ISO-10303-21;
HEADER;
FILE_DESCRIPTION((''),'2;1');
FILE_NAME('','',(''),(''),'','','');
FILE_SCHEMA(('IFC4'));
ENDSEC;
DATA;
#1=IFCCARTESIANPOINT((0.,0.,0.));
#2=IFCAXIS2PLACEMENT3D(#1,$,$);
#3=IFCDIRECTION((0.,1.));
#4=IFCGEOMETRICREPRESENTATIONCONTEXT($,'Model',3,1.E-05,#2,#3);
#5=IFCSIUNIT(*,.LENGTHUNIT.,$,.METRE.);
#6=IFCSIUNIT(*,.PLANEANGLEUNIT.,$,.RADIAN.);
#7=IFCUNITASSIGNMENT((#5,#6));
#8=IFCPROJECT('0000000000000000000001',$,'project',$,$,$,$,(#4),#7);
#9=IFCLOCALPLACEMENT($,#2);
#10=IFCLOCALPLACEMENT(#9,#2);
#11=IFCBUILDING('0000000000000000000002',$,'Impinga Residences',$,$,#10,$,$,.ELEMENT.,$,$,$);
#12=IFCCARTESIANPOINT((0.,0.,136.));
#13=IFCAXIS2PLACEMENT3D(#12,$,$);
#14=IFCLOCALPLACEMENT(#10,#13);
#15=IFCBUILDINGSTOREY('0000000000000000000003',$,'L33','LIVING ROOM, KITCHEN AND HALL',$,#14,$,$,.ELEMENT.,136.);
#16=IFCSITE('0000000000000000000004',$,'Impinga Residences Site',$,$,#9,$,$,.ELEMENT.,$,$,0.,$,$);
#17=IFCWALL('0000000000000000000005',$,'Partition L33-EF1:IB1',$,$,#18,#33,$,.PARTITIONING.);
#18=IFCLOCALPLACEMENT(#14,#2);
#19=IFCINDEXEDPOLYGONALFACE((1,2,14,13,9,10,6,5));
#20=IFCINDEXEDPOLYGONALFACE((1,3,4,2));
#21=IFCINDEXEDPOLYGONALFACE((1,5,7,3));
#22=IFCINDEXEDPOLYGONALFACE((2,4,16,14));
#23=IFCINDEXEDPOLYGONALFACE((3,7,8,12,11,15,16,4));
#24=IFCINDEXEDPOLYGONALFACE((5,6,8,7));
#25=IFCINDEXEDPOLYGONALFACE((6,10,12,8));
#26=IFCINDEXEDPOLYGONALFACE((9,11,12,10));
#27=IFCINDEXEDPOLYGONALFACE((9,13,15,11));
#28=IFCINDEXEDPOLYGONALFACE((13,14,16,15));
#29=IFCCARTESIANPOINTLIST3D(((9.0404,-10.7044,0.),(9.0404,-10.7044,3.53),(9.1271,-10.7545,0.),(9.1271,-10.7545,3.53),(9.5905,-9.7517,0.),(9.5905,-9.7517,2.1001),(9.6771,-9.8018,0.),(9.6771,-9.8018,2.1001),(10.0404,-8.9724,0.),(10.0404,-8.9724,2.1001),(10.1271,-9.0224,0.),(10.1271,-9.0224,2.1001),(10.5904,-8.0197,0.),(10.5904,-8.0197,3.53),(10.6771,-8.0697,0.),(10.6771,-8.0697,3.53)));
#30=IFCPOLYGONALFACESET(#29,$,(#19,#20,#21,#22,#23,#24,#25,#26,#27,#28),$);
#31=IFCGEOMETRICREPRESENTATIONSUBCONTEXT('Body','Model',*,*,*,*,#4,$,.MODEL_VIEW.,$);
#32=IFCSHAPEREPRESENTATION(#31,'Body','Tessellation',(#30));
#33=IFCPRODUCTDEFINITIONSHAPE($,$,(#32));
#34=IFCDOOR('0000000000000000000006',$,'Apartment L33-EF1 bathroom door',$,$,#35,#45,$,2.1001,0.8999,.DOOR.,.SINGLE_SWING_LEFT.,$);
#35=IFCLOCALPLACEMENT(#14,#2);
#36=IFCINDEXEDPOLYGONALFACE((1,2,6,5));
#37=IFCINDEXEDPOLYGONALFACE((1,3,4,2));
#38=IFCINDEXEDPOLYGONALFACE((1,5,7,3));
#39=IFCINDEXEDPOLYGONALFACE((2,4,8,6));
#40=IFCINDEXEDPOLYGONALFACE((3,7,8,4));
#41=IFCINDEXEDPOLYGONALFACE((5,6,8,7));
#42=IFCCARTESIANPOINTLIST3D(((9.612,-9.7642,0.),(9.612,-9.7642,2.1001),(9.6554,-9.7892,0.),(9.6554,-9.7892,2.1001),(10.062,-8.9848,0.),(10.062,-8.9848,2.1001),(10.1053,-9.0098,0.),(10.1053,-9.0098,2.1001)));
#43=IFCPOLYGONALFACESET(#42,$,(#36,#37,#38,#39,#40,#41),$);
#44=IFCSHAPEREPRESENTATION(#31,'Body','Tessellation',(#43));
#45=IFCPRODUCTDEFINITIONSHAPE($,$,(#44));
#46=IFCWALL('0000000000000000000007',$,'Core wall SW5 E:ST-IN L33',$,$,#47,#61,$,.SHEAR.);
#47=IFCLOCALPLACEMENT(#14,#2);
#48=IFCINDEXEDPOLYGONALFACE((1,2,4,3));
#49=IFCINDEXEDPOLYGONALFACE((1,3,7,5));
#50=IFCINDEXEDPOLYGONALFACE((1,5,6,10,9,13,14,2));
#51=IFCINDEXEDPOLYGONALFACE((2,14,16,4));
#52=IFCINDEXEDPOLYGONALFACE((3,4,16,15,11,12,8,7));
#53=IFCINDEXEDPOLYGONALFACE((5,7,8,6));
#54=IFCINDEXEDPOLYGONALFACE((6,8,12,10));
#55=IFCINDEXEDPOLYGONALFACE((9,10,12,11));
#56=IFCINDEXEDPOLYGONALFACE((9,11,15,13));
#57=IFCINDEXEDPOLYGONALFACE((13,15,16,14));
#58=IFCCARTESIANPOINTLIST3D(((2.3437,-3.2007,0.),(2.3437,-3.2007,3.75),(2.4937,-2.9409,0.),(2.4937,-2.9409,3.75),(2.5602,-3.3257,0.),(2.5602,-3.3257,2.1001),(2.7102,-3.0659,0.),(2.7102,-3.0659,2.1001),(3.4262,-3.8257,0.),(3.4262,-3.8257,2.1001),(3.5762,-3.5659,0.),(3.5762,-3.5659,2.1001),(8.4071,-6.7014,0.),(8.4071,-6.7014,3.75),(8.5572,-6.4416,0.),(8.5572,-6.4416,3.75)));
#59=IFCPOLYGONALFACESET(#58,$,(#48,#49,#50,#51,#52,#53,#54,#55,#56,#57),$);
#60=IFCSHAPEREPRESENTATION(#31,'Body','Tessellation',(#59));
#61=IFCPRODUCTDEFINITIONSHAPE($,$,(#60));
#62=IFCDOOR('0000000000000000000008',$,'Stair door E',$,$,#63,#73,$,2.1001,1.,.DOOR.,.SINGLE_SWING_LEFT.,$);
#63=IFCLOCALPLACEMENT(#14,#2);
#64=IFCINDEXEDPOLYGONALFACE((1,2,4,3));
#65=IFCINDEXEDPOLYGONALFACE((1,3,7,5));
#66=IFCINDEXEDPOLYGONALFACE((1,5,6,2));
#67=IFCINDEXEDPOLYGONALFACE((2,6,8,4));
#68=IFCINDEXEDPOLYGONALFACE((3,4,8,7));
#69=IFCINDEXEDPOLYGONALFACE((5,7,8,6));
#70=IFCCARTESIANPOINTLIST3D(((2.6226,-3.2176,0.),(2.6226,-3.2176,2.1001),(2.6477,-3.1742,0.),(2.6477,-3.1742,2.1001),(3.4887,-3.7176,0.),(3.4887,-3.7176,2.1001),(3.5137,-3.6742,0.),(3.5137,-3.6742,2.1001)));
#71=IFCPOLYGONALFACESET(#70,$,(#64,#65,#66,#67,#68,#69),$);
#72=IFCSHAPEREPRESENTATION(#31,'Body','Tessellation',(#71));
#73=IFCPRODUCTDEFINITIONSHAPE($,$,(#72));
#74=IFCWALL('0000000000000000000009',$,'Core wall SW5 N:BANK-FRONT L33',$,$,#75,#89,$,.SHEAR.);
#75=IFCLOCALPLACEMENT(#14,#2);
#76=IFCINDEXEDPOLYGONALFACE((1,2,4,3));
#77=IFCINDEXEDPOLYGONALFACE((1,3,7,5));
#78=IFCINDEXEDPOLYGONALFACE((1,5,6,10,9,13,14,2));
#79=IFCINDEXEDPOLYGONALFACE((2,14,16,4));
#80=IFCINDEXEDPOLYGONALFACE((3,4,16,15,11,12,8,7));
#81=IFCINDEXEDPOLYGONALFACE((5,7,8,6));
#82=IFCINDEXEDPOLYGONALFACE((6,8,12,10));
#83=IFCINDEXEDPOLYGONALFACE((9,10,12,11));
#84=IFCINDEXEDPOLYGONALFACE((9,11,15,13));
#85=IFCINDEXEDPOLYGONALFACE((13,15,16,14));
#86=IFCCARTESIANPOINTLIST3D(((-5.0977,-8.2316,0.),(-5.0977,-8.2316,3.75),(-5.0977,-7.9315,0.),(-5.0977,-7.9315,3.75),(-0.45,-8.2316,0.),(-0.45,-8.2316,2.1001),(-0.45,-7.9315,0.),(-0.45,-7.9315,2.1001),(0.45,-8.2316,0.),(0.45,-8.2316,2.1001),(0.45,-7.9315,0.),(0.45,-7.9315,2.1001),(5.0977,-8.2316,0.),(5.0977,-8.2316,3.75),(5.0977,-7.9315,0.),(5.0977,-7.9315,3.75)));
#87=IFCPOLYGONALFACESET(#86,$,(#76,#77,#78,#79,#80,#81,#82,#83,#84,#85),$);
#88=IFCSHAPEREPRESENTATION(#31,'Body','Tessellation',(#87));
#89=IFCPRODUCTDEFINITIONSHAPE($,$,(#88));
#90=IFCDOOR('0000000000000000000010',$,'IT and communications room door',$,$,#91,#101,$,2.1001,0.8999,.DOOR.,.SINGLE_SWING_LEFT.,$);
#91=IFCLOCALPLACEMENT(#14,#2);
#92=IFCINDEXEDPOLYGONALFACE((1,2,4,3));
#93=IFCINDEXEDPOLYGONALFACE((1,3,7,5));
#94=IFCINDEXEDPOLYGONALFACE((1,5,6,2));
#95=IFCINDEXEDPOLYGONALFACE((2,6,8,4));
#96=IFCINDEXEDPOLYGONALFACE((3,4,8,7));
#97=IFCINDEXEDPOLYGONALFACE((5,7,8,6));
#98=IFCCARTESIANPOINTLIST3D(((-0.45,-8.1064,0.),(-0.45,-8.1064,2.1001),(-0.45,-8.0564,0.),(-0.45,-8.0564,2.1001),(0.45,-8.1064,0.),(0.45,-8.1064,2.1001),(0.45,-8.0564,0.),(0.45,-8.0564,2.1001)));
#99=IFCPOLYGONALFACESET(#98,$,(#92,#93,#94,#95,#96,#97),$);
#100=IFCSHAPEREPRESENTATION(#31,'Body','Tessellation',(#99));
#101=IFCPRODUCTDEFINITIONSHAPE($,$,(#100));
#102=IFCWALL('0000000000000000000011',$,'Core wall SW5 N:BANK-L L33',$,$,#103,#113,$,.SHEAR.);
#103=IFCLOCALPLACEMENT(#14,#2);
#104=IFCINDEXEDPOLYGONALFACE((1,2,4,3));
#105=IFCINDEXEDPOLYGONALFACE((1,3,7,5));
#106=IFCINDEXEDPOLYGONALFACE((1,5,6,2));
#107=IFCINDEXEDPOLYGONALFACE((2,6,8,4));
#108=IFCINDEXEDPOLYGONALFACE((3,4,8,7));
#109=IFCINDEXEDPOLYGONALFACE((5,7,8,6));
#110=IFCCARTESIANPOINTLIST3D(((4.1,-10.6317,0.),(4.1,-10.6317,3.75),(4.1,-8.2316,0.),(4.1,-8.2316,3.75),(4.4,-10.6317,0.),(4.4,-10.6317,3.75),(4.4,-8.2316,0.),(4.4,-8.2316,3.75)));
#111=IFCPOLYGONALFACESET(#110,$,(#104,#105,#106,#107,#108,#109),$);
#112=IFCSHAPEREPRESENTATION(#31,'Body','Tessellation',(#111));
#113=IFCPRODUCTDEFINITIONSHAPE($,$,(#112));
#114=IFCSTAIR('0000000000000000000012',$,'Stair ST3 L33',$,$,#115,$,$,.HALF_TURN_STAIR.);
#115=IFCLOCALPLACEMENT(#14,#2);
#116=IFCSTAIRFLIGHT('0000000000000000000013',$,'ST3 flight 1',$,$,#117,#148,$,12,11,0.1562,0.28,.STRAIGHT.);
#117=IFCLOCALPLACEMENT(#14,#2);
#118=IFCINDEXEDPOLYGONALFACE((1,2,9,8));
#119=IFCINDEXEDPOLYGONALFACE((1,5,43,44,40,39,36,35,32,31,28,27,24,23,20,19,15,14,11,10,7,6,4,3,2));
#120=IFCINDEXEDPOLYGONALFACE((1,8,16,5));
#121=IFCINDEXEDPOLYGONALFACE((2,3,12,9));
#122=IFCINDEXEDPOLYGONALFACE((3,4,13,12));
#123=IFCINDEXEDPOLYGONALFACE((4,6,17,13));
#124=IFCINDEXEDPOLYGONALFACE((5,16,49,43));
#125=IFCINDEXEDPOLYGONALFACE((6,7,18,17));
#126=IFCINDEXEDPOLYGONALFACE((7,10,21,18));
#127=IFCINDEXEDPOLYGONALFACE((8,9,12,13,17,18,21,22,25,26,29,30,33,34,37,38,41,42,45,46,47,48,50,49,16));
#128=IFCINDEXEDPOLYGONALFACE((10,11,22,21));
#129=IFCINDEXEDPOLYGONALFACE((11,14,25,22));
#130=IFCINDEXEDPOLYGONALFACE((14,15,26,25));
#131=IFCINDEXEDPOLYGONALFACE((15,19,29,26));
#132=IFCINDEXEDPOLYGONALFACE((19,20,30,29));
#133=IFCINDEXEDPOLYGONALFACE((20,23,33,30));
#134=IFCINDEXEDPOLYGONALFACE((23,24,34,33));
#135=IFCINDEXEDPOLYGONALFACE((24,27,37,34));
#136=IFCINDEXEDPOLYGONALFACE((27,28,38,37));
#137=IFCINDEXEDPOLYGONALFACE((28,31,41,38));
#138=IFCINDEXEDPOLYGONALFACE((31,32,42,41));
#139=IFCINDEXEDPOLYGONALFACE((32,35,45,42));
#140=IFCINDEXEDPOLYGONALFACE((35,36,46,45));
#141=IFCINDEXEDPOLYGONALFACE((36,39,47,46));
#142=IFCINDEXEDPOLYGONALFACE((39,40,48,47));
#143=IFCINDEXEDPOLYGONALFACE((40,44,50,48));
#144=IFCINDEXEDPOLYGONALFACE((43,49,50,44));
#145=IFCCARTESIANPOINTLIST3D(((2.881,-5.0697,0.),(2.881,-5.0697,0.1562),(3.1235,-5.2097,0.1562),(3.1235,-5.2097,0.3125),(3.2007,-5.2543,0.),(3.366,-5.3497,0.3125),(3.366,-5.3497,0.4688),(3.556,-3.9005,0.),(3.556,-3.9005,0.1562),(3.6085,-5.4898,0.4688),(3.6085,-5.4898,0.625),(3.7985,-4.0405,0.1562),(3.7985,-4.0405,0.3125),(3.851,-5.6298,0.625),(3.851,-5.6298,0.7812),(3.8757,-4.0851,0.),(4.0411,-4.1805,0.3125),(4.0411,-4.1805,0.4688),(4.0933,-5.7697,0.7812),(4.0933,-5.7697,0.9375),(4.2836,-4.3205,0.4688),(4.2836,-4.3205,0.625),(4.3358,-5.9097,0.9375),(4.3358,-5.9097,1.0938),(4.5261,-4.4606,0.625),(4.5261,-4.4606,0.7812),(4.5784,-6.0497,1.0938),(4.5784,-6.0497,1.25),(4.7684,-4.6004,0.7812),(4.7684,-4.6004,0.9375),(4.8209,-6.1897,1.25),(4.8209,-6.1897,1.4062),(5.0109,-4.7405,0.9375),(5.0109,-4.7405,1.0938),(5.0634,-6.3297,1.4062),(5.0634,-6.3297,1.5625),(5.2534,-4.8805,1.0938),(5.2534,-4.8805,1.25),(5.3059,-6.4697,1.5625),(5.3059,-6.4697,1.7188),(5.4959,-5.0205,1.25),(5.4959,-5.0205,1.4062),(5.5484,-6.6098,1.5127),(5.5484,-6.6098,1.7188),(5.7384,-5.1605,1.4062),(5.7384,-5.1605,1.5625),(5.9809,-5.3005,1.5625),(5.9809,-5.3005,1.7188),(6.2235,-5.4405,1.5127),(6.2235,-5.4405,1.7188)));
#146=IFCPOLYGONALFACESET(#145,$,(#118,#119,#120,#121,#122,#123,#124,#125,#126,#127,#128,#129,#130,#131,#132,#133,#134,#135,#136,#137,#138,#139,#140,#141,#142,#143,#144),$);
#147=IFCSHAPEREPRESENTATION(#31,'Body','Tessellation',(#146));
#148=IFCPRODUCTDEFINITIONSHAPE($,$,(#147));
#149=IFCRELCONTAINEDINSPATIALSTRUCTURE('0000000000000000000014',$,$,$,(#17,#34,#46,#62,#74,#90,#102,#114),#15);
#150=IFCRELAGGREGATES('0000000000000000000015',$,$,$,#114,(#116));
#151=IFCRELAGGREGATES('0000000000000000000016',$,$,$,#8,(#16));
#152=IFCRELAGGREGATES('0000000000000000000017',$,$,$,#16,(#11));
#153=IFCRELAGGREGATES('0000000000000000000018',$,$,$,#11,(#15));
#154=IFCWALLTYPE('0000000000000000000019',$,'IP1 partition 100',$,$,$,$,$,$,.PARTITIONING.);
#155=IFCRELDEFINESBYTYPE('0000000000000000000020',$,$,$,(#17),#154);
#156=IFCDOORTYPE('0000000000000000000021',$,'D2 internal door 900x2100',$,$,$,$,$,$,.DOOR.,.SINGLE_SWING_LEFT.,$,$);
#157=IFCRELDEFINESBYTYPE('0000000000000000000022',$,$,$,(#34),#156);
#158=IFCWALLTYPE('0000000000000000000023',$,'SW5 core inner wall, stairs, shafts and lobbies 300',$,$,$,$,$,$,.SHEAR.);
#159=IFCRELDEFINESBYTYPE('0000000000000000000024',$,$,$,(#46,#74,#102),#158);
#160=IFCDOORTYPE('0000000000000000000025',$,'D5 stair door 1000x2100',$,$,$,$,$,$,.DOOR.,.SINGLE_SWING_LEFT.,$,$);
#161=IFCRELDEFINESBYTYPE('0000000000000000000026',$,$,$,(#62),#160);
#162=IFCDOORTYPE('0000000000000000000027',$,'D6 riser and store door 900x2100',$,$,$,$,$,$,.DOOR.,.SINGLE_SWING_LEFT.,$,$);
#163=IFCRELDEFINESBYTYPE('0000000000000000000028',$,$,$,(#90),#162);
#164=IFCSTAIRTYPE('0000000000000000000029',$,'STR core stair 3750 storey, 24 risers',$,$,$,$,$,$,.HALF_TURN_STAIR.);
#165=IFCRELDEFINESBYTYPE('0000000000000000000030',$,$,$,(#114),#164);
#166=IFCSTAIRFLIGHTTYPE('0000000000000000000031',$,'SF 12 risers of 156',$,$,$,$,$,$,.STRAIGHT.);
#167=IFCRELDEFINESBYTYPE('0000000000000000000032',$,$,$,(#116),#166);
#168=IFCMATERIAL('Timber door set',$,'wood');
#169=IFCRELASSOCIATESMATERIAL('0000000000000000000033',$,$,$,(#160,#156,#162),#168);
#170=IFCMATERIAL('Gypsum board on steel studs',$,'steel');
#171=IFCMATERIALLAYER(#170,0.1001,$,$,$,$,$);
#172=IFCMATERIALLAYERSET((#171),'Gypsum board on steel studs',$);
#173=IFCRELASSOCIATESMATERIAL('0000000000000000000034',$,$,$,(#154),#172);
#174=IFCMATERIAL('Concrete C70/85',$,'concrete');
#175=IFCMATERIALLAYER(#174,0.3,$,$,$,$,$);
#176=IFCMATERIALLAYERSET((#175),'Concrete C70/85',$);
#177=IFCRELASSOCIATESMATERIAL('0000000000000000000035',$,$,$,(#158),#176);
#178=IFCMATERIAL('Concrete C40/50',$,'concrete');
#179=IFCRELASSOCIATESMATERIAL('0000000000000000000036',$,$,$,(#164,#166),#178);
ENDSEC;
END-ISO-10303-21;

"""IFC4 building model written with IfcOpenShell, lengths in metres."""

from ifc_helpers import new_model, si_unit, direction, frame, frame_2d, origin, place, context, subcontext, project, spatial, polyline, rectangle, outline, extrude, material, layer, layer_set, type_object, element, fill, aggregate, save


model = new_model("IFC4")

# Units and contexts
model_context = context("Model", 3, precision=1e-05, world=origin(), true_north=direction((0.0, 1.0)))
body_context = subcontext(model_context, "Body", "Model", "MODEL_VIEW")
ifc_project = project(units=[si_unit("LENGTHUNIT", "METRE"), si_unit("PLANEANGLEUNIT", "RADIAN")], contexts=[model_context])

# Site, building, storey
site_placement = place(None, origin())
site = spatial("IfcSite", under=ifc_project, at=site_placement, Name="Impinga Residences Site", CompositionType="ELEMENT", RefElevation=0.0)
building_placement = place(site_placement, origin())
building = spatial("IfcBuilding", under=site, at=building_placement, Name="Impinga Residences", CompositionType="ELEMENT")
storey_placement = place(building_placement, frame((0.0, 0.0, 136.0)))
storey = spatial("IfcBuildingStorey", under=building, at=storey_placement, Name="L33", Description="LIVING ROOM, KITCHEN AND HALL", CompositionType="ELEMENT", Elevation=136.0)

# Shared definitions
ifc_material_1 = material(Name="Timber door set", Category="wood")
door_type_1 = type_object("IfcDoorType", Name="D5 stair door 1000x2100", OperationType="SINGLE_SWING_LEFT", PredefinedType="DOOR", material=ifc_material_1)

# Walls, openings, doors
ifc_material_2 = material(Name="Gypsum board on steel studs", Category="steel")
ifc_layer_1 = layer(ifc_material_2, 0.1001)
ifc_layer_set_1 = layer_set([ifc_layer_1], Name="Gypsum board on steel studs")
wall_type_1 = type_object("IfcWallType", Name="IP1 partition 100", PredefinedType="PARTITIONING", material=ifc_layer_set_1)
door_type_2 = type_object("IfcDoorType", Name="D2 internal door 900x2100", OperationType="SINGLE_SWING_LEFT", PredefinedType="DOOR", material=ifc_material_1)
wall_1_placement = place(storey_placement, frame((10.6338, -8.0447, 0.0), z_axis=(0.0, 0.0, 1.0), x_axis=(-0.499993, -0.86603, 0.0)))
wall_1 = element("IfcWall", 1, at=wall_1_placement, inside=storey, type_object=wall_type_1, Name="Partition L33-EF1:IB1", PredefinedType="PARTITIONING", context=body_context, shape_type="SweptSolid", body=[
    extrude(rectangle(XDim=3.1001, YDim=0.1001, at=frame_2d((1.55, 0.0))), origin(), (0.0, 0.0, 1.0), 3.53),
])
opening_1_placement = place(wall_1_placement, frame((1.1001, 0.0, 0.0)))
opening_1 = element("IfcOpeningElement", 2, at=opening_1_placement, cuts=wall_1, PredefinedType="OPENING", context=body_context, shape_type="SweptSolid", body=[
    extrude(rectangle(XDim=0.8999, YDim=2.1001, at=frame_2d((0.45, 1.05))), frame((0.0, 0.0601, 0.0), z_axis=(0.0, -1.0, 0.0), x_axis=(1.0, 0.0, 0.0)), (0.0, 0.0, 1.0), 0.1201),
])
door_1_placement = place(opening_1_placement, origin())
door_1 = element("IfcDoor", 3, at=door_1_placement, inside=storey, type_object=door_type_2, Name="Apartment L33-EF1 bathroom door", OperationType="SINGLE_SWING_LEFT", OverallHeight=2.1001, OverallWidth=0.8999, PredefinedType="DOOR", context=body_context, shape_type="SweptSolid", body=[
    extrude(rectangle(XDim=0.8999, YDim=2.1001, at=frame_2d((0.45, 1.05))), frame((0.0, 0.0249, 0.0), z_axis=(0.0, -1.0, 0.0), x_axis=(1.0, 0.0, 0.0)), (0.0, 0.0, 1.0), 0.05),
])
fill(opening_1, door_1)
ifc_material_3 = material(Name="Concrete C70/85", Category="concrete")
ifc_layer_2 = layer(ifc_material_3, 0.3)
ifc_layer_set_2 = layer_set([ifc_layer_2], Name="Concrete C70/85")
wall_type_2 = type_object("IfcWallType", Name="SW5 core inner wall, stairs, shafts and lobbies 300", PredefinedType="SHEAR", material=ifc_layer_set_2)
wall_2_placement = place(storey_placement, frame((2.4187, -3.0708, 0.0), z_axis=(0.0, 0.0, 1.0), x_axis=(0.866026, -0.499998, 0.0)))
wall_2 = element("IfcWall", 4, at=wall_2_placement, inside=storey, type_object=wall_type_2, Name="Core wall SW5 E:ST-IN L33", PredefinedType="SHEAR", context=body_context, shape_type="SweptSolid", body=[
    extrude(rectangle(XDim=7.0015, YDim=0.3, at=frame_2d((3.5007, 0.0))), origin(), (0.0, 0.0, 1.0), 3.75),
])
opening_2_placement = place(wall_2_placement, frame((0.25, 0.0, 0.0)))
opening_2 = element("IfcOpeningElement", 5, at=opening_2_placement, cuts=wall_2, PredefinedType="OPENING", context=body_context, shape_type="SweptSolid", body=[
    extrude(rectangle(XDim=1.0, YDim=2.1001, at=frame_2d((0.5, 1.05))), frame((0.0, 0.1599, 0.0), z_axis=(0.0, -1.0, 0.0), x_axis=(1.0, 0.0, 0.0)), (0.0, 0.0, 1.0), 0.3201),
])
door_2_placement = place(opening_2_placement, origin())
door_2 = element("IfcDoor", 6, at=door_2_placement, inside=storey, type_object=door_type_1, Name="Stair door E", OperationType="SINGLE_SWING_LEFT", OverallHeight=2.1001, OverallWidth=1.0, PredefinedType="DOOR", context=body_context, shape_type="SweptSolid", body=[
    extrude(rectangle(XDim=1.0, YDim=2.1001, at=frame_2d((0.5, 1.05))), frame((0.0, 0.0249, 0.0), z_axis=(0.0, -1.0, 0.0), x_axis=(1.0, 0.0, 0.0)), (0.0, 0.0, 1.0), 0.05),
])
fill(opening_2, door_2)
wall_3_placement = place(storey_placement, frame((5.0977, -8.0815, 0.0), z_axis=(0.0, 0.0, 1.0), x_axis=(-1.0, 0.0, 0.0)))
wall_3 = element("IfcWall", 7, at=wall_3_placement, inside=storey, type_object=wall_type_2, Name="Core wall SW5 N:BANK-FRONT L33", PredefinedType="SHEAR", context=body_context, shape_type="SweptSolid", body=[
    extrude(rectangle(XDim=10.1953, YDim=0.3, at=frame_2d((5.0977, 0.0))), origin(), (0.0, 0.0, 1.0), 3.75),
])
opening_3_placement = place(wall_3_placement, frame((4.6477, 0.0, 0.0)))
opening_3 = element("IfcOpeningElement", 8, at=opening_3_placement, cuts=wall_3, PredefinedType="OPENING", context=body_context, shape_type="SweptSolid", body=[
    extrude(rectangle(XDim=0.8999, YDim=2.1001, at=frame_2d((0.45, 1.05))), frame((0.0, 0.1599, 0.0), z_axis=(0.0, -1.0, 0.0), x_axis=(1.0, 0.0, 0.0)), (0.0, 0.0, 1.0), 0.3201),
])
door_type_3 = type_object("IfcDoorType", Name="D6 riser and store door 900x2100", OperationType="SINGLE_SWING_LEFT", PredefinedType="DOOR", material=ifc_material_1)
door_3_placement = place(opening_3_placement, origin())
door_3 = element("IfcDoor", 9, at=door_3_placement, inside=storey, type_object=door_type_3, Name="IT and communications room door", OperationType="SINGLE_SWING_LEFT", OverallHeight=2.1001, OverallWidth=0.8999, PredefinedType="DOOR", context=body_context, shape_type="SweptSolid", body=[
    extrude(rectangle(XDim=0.8999, YDim=2.1001, at=frame_2d((0.45, 1.05))), frame((0.0, 0.0249, 0.0), z_axis=(0.0, -1.0, 0.0), x_axis=(1.0, 0.0, 0.0)), (0.0, 0.0, 1.0), 0.05),
])
fill(opening_3, door_3)

# Wall
wall_4_placement = place(storey_placement, frame((4.25, -8.2314, 0.0), z_axis=(0.0, 0.0, 1.0), x_axis=(0.0, -1.0, 0.0)))
element("IfcWall", 10, at=wall_4_placement, inside=storey, type_object=wall_type_2, Name="Core wall SW5 N:BANK-L L33", PredefinedType="SHEAR", context=body_context, shape_type="SweptSolid", body=[
    extrude(rectangle(XDim=2.4001, YDim=0.3, at=frame_2d((1.2002, 0.0))), origin(), (0.0, 0.0, 1.0), 3.75),
])

# Stair, stair flight
ifc_material_4 = material(Name="Concrete C40/50", Category="concrete")
stair_type = type_object("IfcStairType", Name="STR core stair 3750 storey, 24 risers", PredefinedType="HALF_TURN_STAIR", material=ifc_material_4)
stair_placement = place(storey_placement, origin())
stair = element("IfcStair", 11, at=stair_placement, inside=storey, type_object=stair_type, Name="Stair ST3 L33", PredefinedType="HALF_TURN_STAIR")
stair_flight_type = type_object("IfcStairFlightType", Name="SF 12 risers of 156", PredefinedType="STRAIGHT", material=ifc_material_4)
stair_flight_1_placement = place(storey_placement, frame((3.2185, -4.4851, 0.0), z_axis=(0.0, 0.0, 1.0), x_axis=(0.866025, -0.5, 0.0)))
stair_flight_1 = element("IfcStairFlight", 12, at=stair_flight_1_placement, type_object=stair_flight_type, Name="ST3 flight 1", NumberOfRisers=12, NumberOfTreads=11, PredefinedType="STRAIGHT", RiserHeight=0.1562, TreadLength=0.28, context=body_context, shape_type="SweptSolid", body=[
    extrude(outline(polyline([(0.0, 0.0), (0.0, 0.1562), (0.28, 0.1562), (0.28, 0.3125), (0.5601, 0.3125), (0.5601, 0.4688), (0.8401, 0.4688), (0.8401, 0.625), (1.1201, 0.625), (1.1201, 0.7812), (1.3999, 0.7812), (1.3999, 0.9375), (1.6799, 0.9375), (1.6799, 1.0938), (1.96, 1.0938), (1.96, 1.25), (2.24, 1.25), (2.24, 1.4062), (2.52, 1.4062), (2.52, 1.5625), (2.8, 1.5625), (2.8, 1.7188), (3.0801, 1.7188), (3.0801, 1.875), (3.0801, 1.5127), (0.3691, 0.0), (0.0, 0.0)])), frame((0.0, 0.675, 0.0), z_axis=(0.0, -1.0, 0.0), x_axis=(1.0, 0.0, 0.0)), (0.0, 0.0, 1.0), 1.3501),
])
aggregate(stair, [stair_flight_1])

save(model, "model.ifc")
